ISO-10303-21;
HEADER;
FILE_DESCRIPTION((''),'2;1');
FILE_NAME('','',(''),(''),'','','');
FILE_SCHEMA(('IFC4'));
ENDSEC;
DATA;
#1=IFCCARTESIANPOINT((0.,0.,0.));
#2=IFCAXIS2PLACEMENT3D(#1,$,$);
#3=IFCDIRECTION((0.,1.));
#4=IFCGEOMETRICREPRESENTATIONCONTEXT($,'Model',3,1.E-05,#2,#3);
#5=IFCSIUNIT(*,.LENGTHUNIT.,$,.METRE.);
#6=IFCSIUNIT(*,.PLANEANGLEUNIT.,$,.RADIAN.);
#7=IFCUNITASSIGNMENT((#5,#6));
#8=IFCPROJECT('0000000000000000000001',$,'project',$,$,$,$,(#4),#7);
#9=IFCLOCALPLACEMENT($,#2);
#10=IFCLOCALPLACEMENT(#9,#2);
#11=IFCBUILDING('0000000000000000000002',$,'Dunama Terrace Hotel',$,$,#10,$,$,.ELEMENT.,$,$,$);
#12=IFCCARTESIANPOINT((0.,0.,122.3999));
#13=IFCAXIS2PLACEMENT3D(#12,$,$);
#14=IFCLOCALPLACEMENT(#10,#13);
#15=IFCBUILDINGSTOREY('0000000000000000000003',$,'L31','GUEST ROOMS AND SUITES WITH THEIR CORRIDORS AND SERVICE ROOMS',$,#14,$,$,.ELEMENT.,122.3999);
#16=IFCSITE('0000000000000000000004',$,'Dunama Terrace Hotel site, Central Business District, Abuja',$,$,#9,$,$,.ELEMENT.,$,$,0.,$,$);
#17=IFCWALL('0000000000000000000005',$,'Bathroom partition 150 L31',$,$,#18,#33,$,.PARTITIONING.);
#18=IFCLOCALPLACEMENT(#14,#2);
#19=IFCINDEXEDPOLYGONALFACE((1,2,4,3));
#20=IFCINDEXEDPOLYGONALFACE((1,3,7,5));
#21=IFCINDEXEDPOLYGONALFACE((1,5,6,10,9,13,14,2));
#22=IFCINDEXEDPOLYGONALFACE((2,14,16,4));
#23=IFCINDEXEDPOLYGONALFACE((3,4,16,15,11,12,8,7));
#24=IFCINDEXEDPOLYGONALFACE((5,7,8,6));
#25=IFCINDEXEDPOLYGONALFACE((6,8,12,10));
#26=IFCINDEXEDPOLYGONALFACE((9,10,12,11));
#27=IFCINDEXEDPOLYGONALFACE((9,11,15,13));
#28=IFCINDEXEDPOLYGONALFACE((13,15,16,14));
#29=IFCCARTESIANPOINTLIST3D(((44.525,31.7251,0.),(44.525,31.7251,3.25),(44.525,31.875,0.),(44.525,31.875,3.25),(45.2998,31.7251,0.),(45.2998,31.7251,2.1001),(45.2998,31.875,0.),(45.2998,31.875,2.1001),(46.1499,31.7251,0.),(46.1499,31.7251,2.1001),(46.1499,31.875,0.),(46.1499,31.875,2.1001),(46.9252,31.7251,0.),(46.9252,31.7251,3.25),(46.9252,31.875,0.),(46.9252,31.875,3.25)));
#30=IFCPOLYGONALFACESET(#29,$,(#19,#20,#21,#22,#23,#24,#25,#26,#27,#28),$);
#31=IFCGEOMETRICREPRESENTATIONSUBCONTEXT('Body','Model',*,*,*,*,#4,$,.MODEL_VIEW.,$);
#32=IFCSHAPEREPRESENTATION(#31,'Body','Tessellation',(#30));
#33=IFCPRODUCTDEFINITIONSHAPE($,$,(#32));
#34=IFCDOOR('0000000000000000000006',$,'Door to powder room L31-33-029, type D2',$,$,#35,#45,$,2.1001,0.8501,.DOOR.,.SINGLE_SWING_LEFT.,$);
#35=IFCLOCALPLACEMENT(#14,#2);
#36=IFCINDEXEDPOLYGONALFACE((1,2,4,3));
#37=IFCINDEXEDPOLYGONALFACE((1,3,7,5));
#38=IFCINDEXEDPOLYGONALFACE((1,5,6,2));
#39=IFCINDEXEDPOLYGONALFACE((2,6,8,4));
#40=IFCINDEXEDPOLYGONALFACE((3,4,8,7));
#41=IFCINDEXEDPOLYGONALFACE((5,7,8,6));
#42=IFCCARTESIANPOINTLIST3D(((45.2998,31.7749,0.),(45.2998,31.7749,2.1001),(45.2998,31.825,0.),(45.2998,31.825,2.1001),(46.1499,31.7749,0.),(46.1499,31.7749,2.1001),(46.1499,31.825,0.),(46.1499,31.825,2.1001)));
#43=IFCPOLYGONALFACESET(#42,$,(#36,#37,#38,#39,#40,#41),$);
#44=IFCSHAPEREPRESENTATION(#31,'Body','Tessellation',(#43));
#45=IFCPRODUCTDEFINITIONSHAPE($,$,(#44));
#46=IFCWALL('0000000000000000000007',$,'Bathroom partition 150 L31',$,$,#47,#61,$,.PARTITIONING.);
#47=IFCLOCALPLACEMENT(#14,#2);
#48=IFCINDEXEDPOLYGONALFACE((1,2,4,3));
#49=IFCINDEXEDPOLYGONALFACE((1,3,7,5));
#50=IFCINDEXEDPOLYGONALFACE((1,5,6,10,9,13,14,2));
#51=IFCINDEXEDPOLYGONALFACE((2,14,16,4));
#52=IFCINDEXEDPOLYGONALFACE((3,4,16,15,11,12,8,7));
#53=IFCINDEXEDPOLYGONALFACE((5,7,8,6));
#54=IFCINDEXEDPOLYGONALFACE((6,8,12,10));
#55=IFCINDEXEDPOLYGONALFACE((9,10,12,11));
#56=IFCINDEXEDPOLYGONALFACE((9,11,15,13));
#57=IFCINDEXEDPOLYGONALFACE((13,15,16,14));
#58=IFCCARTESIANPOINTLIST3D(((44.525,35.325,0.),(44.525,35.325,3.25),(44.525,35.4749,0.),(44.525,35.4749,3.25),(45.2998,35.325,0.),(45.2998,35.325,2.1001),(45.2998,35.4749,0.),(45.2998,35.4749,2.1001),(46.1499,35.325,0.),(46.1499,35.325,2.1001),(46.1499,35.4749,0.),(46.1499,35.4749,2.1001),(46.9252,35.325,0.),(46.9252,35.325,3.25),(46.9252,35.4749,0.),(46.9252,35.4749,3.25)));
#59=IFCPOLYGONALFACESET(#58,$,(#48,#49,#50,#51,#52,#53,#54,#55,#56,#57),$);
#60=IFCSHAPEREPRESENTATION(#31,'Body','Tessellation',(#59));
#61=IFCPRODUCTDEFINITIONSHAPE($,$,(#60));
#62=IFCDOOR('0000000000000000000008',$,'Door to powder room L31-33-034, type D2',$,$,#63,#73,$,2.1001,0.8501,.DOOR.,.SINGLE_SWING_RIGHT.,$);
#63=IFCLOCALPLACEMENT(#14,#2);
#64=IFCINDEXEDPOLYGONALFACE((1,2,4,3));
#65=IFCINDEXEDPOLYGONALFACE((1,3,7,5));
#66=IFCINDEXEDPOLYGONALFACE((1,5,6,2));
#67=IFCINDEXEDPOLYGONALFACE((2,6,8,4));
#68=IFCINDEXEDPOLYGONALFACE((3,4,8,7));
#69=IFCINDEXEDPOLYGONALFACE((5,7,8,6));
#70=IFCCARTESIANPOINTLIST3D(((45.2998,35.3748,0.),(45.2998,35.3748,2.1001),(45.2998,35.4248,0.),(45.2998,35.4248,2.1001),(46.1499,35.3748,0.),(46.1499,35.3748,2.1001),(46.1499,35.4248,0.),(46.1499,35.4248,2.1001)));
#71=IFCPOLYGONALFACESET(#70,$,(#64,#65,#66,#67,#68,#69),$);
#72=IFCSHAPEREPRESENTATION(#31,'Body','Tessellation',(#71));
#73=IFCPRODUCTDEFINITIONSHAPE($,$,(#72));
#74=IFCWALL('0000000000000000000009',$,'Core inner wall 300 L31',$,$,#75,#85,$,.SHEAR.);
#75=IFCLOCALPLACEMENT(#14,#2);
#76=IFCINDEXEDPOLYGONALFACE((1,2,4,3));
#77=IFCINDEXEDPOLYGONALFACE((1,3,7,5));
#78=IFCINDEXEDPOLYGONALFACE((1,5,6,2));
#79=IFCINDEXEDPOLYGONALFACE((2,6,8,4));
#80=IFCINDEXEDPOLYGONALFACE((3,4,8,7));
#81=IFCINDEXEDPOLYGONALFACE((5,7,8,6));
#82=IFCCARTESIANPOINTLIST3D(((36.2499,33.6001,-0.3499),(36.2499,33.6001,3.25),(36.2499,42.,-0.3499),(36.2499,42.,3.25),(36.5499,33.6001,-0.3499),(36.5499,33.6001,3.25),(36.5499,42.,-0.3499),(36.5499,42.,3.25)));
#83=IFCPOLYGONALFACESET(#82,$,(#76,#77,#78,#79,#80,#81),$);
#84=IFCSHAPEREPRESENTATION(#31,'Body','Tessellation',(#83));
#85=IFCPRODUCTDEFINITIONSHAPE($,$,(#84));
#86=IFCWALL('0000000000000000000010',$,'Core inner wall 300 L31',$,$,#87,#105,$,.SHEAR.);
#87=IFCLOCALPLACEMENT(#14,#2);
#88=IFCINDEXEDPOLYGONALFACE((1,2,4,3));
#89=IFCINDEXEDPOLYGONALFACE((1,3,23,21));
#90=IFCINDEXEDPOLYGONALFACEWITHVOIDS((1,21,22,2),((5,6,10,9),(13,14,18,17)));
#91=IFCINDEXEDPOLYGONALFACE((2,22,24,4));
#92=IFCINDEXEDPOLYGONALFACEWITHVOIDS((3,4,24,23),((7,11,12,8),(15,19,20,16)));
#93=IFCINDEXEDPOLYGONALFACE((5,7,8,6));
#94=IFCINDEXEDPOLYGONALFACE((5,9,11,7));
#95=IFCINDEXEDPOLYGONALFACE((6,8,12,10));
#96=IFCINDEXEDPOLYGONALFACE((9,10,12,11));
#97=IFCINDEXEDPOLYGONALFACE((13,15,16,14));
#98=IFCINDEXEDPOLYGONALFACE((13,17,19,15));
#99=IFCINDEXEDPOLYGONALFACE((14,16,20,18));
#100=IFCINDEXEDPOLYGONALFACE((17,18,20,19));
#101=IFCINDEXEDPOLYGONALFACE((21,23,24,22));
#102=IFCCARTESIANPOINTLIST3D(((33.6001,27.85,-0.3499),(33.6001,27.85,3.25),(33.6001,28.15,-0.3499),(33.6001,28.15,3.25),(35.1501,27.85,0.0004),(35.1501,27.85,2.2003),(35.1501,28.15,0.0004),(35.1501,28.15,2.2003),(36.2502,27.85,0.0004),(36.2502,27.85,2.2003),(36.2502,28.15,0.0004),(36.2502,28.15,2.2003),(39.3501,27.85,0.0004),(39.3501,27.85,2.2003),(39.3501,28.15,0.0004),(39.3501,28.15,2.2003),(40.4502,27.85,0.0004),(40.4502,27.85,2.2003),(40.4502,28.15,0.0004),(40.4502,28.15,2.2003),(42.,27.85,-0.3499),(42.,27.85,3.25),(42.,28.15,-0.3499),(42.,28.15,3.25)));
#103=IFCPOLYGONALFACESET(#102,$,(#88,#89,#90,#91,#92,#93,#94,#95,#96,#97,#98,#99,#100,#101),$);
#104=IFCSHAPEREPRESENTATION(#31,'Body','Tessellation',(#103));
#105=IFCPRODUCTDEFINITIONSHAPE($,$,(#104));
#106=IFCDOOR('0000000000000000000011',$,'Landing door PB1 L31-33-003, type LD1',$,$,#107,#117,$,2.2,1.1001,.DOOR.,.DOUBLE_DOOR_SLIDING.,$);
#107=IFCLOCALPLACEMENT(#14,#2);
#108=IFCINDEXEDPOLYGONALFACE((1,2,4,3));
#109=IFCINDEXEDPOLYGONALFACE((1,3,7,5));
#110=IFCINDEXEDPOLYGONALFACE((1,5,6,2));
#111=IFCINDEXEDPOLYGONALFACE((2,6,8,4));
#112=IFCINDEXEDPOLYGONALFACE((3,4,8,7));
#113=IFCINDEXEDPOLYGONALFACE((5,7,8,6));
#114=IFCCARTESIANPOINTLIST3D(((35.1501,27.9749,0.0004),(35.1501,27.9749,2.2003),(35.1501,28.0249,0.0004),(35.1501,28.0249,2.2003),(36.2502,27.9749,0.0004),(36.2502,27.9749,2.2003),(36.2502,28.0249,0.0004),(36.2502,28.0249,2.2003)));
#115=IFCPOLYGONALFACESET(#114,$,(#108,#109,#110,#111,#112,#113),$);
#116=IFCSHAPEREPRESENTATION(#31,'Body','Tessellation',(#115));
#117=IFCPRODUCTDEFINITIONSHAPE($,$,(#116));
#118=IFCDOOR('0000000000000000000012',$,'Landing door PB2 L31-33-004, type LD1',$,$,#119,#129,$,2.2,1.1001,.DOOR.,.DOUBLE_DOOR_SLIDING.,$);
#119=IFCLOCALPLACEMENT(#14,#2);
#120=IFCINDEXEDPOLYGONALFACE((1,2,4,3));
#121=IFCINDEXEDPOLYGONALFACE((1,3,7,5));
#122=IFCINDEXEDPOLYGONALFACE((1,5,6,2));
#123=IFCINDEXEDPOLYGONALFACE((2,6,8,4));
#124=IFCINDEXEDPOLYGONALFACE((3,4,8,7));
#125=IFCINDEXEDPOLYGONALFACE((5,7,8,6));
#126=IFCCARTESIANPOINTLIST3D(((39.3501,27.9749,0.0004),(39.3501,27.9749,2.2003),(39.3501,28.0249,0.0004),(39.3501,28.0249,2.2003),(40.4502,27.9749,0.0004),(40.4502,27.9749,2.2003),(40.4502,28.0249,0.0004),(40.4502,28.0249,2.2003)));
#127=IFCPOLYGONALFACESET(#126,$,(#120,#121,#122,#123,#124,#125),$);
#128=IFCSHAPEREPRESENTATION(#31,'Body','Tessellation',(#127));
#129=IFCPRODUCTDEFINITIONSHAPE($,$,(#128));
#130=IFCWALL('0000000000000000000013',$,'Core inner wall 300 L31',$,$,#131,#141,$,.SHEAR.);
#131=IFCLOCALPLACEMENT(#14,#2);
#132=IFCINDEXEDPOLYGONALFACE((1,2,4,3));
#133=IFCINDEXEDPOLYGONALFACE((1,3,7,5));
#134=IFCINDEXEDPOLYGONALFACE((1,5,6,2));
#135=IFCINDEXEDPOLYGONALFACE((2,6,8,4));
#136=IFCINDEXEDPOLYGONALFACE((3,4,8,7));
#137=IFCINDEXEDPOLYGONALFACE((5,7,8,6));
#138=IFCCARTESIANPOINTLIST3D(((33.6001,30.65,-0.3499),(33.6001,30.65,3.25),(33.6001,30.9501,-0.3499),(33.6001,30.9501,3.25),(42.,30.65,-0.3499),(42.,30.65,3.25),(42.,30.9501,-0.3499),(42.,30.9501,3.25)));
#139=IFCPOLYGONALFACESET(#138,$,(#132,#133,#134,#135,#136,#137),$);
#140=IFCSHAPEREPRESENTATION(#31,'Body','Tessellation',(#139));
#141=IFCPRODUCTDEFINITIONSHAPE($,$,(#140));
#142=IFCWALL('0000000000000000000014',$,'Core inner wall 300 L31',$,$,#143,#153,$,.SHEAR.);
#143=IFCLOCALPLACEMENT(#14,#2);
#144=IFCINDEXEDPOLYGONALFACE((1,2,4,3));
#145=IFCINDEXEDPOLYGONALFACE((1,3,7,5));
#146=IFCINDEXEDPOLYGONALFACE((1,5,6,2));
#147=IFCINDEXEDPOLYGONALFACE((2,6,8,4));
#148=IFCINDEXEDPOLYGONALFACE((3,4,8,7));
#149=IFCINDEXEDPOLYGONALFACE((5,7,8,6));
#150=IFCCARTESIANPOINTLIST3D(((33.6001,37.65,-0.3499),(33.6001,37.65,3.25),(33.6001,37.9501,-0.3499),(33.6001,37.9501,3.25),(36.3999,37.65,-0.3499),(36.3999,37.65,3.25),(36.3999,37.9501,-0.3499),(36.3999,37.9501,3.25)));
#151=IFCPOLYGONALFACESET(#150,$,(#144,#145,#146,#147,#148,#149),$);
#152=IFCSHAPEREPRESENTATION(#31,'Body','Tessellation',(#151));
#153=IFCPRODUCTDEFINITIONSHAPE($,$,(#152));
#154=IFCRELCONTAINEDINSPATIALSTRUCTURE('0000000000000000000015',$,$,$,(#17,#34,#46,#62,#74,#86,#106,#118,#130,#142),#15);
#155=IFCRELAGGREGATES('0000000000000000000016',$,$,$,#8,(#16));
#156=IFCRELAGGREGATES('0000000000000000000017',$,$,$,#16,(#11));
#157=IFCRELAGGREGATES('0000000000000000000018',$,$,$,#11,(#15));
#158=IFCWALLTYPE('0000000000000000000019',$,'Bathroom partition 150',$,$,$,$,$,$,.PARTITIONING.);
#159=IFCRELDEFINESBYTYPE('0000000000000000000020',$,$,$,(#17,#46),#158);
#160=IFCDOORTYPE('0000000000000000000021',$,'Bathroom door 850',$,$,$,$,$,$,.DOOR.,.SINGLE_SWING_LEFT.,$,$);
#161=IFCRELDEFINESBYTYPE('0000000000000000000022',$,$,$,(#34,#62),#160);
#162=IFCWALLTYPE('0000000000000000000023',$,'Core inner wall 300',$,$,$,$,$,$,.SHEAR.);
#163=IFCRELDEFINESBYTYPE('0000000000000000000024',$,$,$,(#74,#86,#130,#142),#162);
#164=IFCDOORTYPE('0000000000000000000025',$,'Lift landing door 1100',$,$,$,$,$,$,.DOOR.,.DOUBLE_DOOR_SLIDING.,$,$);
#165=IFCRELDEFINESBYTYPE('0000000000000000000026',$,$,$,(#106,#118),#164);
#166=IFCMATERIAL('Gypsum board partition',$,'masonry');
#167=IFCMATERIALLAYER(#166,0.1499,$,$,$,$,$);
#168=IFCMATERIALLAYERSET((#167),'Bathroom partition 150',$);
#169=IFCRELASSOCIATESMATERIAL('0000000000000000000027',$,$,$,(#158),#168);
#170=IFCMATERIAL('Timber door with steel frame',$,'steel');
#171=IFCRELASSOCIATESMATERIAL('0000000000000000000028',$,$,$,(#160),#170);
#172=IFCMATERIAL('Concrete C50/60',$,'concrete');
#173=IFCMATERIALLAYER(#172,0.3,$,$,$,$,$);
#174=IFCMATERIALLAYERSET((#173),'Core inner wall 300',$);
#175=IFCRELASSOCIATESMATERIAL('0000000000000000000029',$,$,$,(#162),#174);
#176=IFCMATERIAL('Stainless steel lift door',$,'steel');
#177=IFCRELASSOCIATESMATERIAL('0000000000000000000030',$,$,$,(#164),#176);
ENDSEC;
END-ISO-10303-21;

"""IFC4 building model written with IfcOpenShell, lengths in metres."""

from ifc_helpers import new_model, si_unit, direction, frame, frame_2d, origin, place, context, subcontext, project, spatial, rectangle, extrude, material, layer, layer_set, type_object, element, fill, save


model = new_model("IFC4")

# Units and contexts
model_context = context("Model", 3, precision=1e-05, world=origin(), true_north=direction((0.0, 1.0)))
body_context = subcontext(model_context, "Body", "Model", "MODEL_VIEW")
ifc_project = project(units=[si_unit("LENGTHUNIT", "METRE"), si_unit("PLANEANGLEUNIT", "RADIAN")], contexts=[model_context])

# Site, building, storey
site_placement = place(None, origin())
site = spatial("IfcSite", under=ifc_project, at=site_placement, Name="Dunama Terrace Hotel site, Central Business District, Abuja", CompositionType="ELEMENT", RefElevation=0.0)
building_placement = place(site_placement, origin())
building = spatial("IfcBuilding", under=site, at=building_placement, Name="Dunama Terrace Hotel", CompositionType="ELEMENT")
storey_placement = place(building_placement, frame((0.0, 0.0, 122.3999)))
storey = spatial("IfcBuildingStorey", under=building, at=storey_placement, Name="L31", Description="GUEST ROOMS AND SUITES WITH THEIR CORRIDORS AND SERVICE ROOMS", CompositionType="ELEMENT", Elevation=122.3999)

# Walls, openings, doors
ifc_material_1 = material(Name="Gypsum board partition", Category="masonry")
ifc_layer_1 = layer(ifc_material_1, 0.1499)
ifc_layer_set_1 = layer_set([ifc_layer_1], Name="Bathroom partition 150")
wall_type_1 = type_object("IfcWallType", Name="Bathroom partition 150", PredefinedType="PARTITIONING", material=ifc_layer_set_1)
wall_1_placement = place(storey_placement, frame((44.5249, 31.8, 0.0), z_axis=(0.0, 0.0, 1.0), x_axis=(1.0, 0.0, 0.0)))
wall_1 = element("IfcWall", 1, at=wall_1_placement, inside=storey, type_object=wall_type_1, Name="Bathroom partition 150 L31", PredefinedType="PARTITIONING", context=body_context, shape_type="SweptSolid", body=[
    extrude(rectangle(XDim=2.4001, YDim=0.1499, at=frame_2d((1.2002, 0.0))), origin(), (0.0, 0.0, 1.0), 3.25),
])
opening_1_placement = place(wall_1_placement, frame((0.7749, 0.0, 0.0)))
opening_1 = element("IfcOpeningElement", 2, at=opening_1_placement, cuts=wall_1, PredefinedType="OPENING", context=body_context, shape_type="SweptSolid", body=[
    extrude(rectangle(XDim=0.8501, YDim=2.1001, at=frame_2d((0.425, 1.05))), frame((0.0, 0.085, 0.0), z_axis=(0.0, -1.0, 0.0), x_axis=(1.0, 0.0, 0.0)), (0.0, 0.0, 1.0), 0.1699),
])
ifc_material_2 = material(Name="Timber door with steel frame", Category="steel")
door_type_1 = type_object("IfcDoorType", Name="Bathroom door 850", OperationType="SINGLE_SWING_LEFT", PredefinedType="DOOR", material=ifc_material_2)
door_1_placement = place(opening_1_placement, origin())
door_1 = element("IfcDoor", 3, at=door_1_placement, inside=storey, type_object=door_type_1, Name="Door to powder room L31-33-029, type D2", OperationType="SINGLE_SWING_LEFT", OverallHeight=2.1001, OverallWidth=0.8501, PredefinedType="DOOR", context=body_context, shape_type="SweptSolid", body=[
    extrude(rectangle(XDim=0.8501, YDim=2.1001, at=frame_2d((0.425, 1.05))), frame((0.0, 0.0249, 0.0), z_axis=(0.0, -1.0, 0.0), x_axis=(1.0, 0.0, 0.0)), (0.0, 0.0, 1.0), 0.05),
])
fill(opening_1, door_1)
wall_2_placement = place(storey_placement, frame((44.5249, 35.3999, 0.0), z_axis=(0.0, 0.0, 1.0), x_axis=(1.0, 0.0, 0.0)))
wall_2 = element("IfcWall", 4, at=wall_2_placement, inside=storey, type_object=wall_type_1, Name="Bathroom partition 150 L31", PredefinedType="PARTITIONING", context=body_context, shape_type="SweptSolid", body=[
    extrude(rectangle(XDim=2.4001, YDim=0.1499, at=frame_2d((1.2002, 0.0))), origin(), (0.0, 0.0, 1.0), 3.25),
])
opening_2_placement = place(wall_2_placement, frame((0.7749, 0.0, 0.0)))
opening_2 = element("IfcOpeningElement", 5, at=opening_2_placement, cuts=wall_2, PredefinedType="OPENING", context=body_context, shape_type="SweptSolid", body=[
    extrude(rectangle(XDim=0.8501, YDim=2.1001, at=frame_2d((0.425, 1.05))), frame((0.0, 0.085, 0.0), z_axis=(0.0, -1.0, 0.0), x_axis=(1.0, 0.0, 0.0)), (0.0, 0.0, 1.0), 0.1699),
])
door_2_placement = place(opening_2_placement, frame((0.8501, 0.0, 0.0), z_axis=(0.0, 0.0, 1.0), x_axis=(-1.0, 0.0, 0.0)))
door_2 = element("IfcDoor", 6, at=door_2_placement, inside=storey, type_object=door_type_1, Name="Door to powder room L31-33-034, type D2", OperationType="SINGLE_SWING_RIGHT", OverallHeight=2.1001, OverallWidth=0.8501, PredefinedType="DOOR", context=body_context, shape_type="SweptSolid", body=[
    extrude(rectangle(XDim=0.8501, YDim=2.1001, at=frame_2d((0.425, 1.05))), frame((0.0, 0.0251, 0.0), z_axis=(0.0, -1.0, 0.0), x_axis=(1.0, 0.0, 0.0)), (0.0, 0.0, 1.0), 0.05),
])
fill(opening_2, door_2)

# Wall
ifc_material_3 = material(Name="Concrete C50/60", Category="concrete")
ifc_layer_2 = layer(ifc_material_3, 0.3)
ifc_layer_set_2 = layer_set([ifc_layer_2], Name="Core inner wall 300")
wall_type_2 = type_object("IfcWallType", Name="Core inner wall 300", PredefinedType="SHEAR", material=ifc_layer_set_2)
wall_3_placement = place(storey_placement, frame((36.3999, 33.6001, -0.3499), z_axis=(0.0, 0.0, 1.0), x_axis=(0.0, 1.0, 0.0)))
element("IfcWall", 7, at=wall_3_placement, inside=storey, type_object=wall_type_2, Name="Core inner wall 300 L31", PredefinedType="SHEAR", context=body_context, shape_type="SweptSolid", body=[
    extrude(rectangle(XDim=8.3999, YDim=0.3, at=frame_2d((4.2, 0.0))), origin(), (0.0, 0.0, 1.0), 3.5999),
])

# Wall, openings, doors
wall_4_placement = place(storey_placement, frame((33.6001, 28.0, -0.3499), z_axis=(0.0, 0.0, 1.0), x_axis=(1.0, 0.0, 0.0)))
wall_4 = element("IfcWall", 8, at=wall_4_placement, inside=storey, type_object=wall_type_2, Name="Core inner wall 300 L31", PredefinedType="SHEAR", context=body_context, shape_type="SweptSolid", body=[
    extrude(rectangle(XDim=8.3999, YDim=0.3, at=frame_2d((4.2, 0.0))), origin(), (0.0, 0.0, 1.0), 3.5999),
])
opening_3_placement = place(wall_4_placement, frame((1.55, 0.0, 0.3501)))
opening_3 = element("IfcOpeningElement", 9, at=opening_3_placement, cuts=wall_4, PredefinedType="OPENING", context=body_context, shape_type="SweptSolid", body=[
    extrude(rectangle(XDim=1.1001, YDim=2.2, at=frame_2d((0.55, 1.1001))), frame((0.0, 0.1599, 0.0), z_axis=(0.0, -1.0, 0.0), x_axis=(1.0, 0.0, 0.0)), (0.0, 0.0, 1.0), 0.3201),
])
opening_4_placement = place(wall_4_placement, frame((5.75, 0.0, 0.3501)))
opening_4 = element("IfcOpeningElement", 10, at=opening_4_placement, cuts=wall_4, PredefinedType="OPENING", context=body_context, shape_type="SweptSolid", body=[
    extrude(rectangle(XDim=1.1001, YDim=2.2, at=frame_2d((0.55, 1.1001))), frame((0.0, 0.1599, 0.0), z_axis=(0.0, -1.0, 0.0), x_axis=(1.0, 0.0, 0.0)), (0.0, 0.0, 1.0), 0.3201),
])
ifc_material_4 = material(Name="Stainless steel lift door", Category="steel")
door_type_2 = type_object("IfcDoorType", Name="Lift landing door 1100", OperationType="DOUBLE_DOOR_SLIDING", PredefinedType="DOOR", material=ifc_material_4)
door_3_placement = place(opening_3_placement, origin())
door_3 = element("IfcDoor", 11, at=door_3_placement, inside=storey, type_object=door_type_2, Name="Landing door PB1 L31-33-003, type LD1", OperationType="DOUBLE_DOOR_SLIDING", OverallHeight=2.2, OverallWidth=1.1001, PredefinedType="DOOR", context=body_context, shape_type="SweptSolid", body=[
    extrude(rectangle(XDim=1.1001, YDim=2.2, at=frame_2d((0.55, 1.1001))), frame((0.0, 0.0249, 0.0), z_axis=(0.0, -1.0, 0.0), x_axis=(1.0, 0.0, 0.0)), (0.0, 0.0, 1.0), 0.05),
])
fill(opening_3, door_3)
door_4_placement = place(opening_4_placement, origin())
door_4 = element("IfcDoor", 12, at=door_4_placement, inside=storey, type_object=door_type_2, Name="Landing door PB2 L31-33-004, type LD1", OperationType="DOUBLE_DOOR_SLIDING", OverallHeight=2.2, OverallWidth=1.1001, PredefinedType="DOOR", context=body_context, shape_type="SweptSolid", body=[
    extrude(rectangle(XDim=1.1001, YDim=2.2, at=frame_2d((0.55, 1.1001))), frame((0.0, 0.0249, 0.0), z_axis=(0.0, -1.0, 0.0), x_axis=(1.0, 0.0, 0.0)), (0.0, 0.0, 1.0), 0.05),
])
fill(opening_4, door_4)

# Walls
wall_5_placement = place(storey_placement, frame((33.6001, 30.8, -0.3499), z_axis=(0.0, 0.0, 1.0), x_axis=(1.0, 0.0, 0.0)))
element("IfcWall", 13, at=wall_5_placement, inside=storey, type_object=wall_type_2, Name="Core inner wall 300 L31", PredefinedType="SHEAR", context=body_context, shape_type="SweptSolid", body=[
    extrude(rectangle(XDim=8.3999, YDim=0.3, at=frame_2d((4.2, 0.0))), origin(), (0.0, 0.0, 1.0), 3.5999),
])
wall_6_placement = place(storey_placement, frame((33.6001, 37.8, -0.3499), z_axis=(0.0, 0.0, 1.0), x_axis=(1.0, 0.0, 0.0)))
element("IfcWall", 14, at=wall_6_placement, inside=storey, type_object=wall_type_2, Name="Core inner wall 300 L31", PredefinedType="SHEAR", context=body_context, shape_type="SweptSolid", body=[
    extrude(rectangle(XDim=2.7998, YDim=0.3, at=frame_2d((1.3999, 0.0))), origin(), (0.0, 0.0, 1.0), 3.5999),
])

save(model, "model.ifc")
